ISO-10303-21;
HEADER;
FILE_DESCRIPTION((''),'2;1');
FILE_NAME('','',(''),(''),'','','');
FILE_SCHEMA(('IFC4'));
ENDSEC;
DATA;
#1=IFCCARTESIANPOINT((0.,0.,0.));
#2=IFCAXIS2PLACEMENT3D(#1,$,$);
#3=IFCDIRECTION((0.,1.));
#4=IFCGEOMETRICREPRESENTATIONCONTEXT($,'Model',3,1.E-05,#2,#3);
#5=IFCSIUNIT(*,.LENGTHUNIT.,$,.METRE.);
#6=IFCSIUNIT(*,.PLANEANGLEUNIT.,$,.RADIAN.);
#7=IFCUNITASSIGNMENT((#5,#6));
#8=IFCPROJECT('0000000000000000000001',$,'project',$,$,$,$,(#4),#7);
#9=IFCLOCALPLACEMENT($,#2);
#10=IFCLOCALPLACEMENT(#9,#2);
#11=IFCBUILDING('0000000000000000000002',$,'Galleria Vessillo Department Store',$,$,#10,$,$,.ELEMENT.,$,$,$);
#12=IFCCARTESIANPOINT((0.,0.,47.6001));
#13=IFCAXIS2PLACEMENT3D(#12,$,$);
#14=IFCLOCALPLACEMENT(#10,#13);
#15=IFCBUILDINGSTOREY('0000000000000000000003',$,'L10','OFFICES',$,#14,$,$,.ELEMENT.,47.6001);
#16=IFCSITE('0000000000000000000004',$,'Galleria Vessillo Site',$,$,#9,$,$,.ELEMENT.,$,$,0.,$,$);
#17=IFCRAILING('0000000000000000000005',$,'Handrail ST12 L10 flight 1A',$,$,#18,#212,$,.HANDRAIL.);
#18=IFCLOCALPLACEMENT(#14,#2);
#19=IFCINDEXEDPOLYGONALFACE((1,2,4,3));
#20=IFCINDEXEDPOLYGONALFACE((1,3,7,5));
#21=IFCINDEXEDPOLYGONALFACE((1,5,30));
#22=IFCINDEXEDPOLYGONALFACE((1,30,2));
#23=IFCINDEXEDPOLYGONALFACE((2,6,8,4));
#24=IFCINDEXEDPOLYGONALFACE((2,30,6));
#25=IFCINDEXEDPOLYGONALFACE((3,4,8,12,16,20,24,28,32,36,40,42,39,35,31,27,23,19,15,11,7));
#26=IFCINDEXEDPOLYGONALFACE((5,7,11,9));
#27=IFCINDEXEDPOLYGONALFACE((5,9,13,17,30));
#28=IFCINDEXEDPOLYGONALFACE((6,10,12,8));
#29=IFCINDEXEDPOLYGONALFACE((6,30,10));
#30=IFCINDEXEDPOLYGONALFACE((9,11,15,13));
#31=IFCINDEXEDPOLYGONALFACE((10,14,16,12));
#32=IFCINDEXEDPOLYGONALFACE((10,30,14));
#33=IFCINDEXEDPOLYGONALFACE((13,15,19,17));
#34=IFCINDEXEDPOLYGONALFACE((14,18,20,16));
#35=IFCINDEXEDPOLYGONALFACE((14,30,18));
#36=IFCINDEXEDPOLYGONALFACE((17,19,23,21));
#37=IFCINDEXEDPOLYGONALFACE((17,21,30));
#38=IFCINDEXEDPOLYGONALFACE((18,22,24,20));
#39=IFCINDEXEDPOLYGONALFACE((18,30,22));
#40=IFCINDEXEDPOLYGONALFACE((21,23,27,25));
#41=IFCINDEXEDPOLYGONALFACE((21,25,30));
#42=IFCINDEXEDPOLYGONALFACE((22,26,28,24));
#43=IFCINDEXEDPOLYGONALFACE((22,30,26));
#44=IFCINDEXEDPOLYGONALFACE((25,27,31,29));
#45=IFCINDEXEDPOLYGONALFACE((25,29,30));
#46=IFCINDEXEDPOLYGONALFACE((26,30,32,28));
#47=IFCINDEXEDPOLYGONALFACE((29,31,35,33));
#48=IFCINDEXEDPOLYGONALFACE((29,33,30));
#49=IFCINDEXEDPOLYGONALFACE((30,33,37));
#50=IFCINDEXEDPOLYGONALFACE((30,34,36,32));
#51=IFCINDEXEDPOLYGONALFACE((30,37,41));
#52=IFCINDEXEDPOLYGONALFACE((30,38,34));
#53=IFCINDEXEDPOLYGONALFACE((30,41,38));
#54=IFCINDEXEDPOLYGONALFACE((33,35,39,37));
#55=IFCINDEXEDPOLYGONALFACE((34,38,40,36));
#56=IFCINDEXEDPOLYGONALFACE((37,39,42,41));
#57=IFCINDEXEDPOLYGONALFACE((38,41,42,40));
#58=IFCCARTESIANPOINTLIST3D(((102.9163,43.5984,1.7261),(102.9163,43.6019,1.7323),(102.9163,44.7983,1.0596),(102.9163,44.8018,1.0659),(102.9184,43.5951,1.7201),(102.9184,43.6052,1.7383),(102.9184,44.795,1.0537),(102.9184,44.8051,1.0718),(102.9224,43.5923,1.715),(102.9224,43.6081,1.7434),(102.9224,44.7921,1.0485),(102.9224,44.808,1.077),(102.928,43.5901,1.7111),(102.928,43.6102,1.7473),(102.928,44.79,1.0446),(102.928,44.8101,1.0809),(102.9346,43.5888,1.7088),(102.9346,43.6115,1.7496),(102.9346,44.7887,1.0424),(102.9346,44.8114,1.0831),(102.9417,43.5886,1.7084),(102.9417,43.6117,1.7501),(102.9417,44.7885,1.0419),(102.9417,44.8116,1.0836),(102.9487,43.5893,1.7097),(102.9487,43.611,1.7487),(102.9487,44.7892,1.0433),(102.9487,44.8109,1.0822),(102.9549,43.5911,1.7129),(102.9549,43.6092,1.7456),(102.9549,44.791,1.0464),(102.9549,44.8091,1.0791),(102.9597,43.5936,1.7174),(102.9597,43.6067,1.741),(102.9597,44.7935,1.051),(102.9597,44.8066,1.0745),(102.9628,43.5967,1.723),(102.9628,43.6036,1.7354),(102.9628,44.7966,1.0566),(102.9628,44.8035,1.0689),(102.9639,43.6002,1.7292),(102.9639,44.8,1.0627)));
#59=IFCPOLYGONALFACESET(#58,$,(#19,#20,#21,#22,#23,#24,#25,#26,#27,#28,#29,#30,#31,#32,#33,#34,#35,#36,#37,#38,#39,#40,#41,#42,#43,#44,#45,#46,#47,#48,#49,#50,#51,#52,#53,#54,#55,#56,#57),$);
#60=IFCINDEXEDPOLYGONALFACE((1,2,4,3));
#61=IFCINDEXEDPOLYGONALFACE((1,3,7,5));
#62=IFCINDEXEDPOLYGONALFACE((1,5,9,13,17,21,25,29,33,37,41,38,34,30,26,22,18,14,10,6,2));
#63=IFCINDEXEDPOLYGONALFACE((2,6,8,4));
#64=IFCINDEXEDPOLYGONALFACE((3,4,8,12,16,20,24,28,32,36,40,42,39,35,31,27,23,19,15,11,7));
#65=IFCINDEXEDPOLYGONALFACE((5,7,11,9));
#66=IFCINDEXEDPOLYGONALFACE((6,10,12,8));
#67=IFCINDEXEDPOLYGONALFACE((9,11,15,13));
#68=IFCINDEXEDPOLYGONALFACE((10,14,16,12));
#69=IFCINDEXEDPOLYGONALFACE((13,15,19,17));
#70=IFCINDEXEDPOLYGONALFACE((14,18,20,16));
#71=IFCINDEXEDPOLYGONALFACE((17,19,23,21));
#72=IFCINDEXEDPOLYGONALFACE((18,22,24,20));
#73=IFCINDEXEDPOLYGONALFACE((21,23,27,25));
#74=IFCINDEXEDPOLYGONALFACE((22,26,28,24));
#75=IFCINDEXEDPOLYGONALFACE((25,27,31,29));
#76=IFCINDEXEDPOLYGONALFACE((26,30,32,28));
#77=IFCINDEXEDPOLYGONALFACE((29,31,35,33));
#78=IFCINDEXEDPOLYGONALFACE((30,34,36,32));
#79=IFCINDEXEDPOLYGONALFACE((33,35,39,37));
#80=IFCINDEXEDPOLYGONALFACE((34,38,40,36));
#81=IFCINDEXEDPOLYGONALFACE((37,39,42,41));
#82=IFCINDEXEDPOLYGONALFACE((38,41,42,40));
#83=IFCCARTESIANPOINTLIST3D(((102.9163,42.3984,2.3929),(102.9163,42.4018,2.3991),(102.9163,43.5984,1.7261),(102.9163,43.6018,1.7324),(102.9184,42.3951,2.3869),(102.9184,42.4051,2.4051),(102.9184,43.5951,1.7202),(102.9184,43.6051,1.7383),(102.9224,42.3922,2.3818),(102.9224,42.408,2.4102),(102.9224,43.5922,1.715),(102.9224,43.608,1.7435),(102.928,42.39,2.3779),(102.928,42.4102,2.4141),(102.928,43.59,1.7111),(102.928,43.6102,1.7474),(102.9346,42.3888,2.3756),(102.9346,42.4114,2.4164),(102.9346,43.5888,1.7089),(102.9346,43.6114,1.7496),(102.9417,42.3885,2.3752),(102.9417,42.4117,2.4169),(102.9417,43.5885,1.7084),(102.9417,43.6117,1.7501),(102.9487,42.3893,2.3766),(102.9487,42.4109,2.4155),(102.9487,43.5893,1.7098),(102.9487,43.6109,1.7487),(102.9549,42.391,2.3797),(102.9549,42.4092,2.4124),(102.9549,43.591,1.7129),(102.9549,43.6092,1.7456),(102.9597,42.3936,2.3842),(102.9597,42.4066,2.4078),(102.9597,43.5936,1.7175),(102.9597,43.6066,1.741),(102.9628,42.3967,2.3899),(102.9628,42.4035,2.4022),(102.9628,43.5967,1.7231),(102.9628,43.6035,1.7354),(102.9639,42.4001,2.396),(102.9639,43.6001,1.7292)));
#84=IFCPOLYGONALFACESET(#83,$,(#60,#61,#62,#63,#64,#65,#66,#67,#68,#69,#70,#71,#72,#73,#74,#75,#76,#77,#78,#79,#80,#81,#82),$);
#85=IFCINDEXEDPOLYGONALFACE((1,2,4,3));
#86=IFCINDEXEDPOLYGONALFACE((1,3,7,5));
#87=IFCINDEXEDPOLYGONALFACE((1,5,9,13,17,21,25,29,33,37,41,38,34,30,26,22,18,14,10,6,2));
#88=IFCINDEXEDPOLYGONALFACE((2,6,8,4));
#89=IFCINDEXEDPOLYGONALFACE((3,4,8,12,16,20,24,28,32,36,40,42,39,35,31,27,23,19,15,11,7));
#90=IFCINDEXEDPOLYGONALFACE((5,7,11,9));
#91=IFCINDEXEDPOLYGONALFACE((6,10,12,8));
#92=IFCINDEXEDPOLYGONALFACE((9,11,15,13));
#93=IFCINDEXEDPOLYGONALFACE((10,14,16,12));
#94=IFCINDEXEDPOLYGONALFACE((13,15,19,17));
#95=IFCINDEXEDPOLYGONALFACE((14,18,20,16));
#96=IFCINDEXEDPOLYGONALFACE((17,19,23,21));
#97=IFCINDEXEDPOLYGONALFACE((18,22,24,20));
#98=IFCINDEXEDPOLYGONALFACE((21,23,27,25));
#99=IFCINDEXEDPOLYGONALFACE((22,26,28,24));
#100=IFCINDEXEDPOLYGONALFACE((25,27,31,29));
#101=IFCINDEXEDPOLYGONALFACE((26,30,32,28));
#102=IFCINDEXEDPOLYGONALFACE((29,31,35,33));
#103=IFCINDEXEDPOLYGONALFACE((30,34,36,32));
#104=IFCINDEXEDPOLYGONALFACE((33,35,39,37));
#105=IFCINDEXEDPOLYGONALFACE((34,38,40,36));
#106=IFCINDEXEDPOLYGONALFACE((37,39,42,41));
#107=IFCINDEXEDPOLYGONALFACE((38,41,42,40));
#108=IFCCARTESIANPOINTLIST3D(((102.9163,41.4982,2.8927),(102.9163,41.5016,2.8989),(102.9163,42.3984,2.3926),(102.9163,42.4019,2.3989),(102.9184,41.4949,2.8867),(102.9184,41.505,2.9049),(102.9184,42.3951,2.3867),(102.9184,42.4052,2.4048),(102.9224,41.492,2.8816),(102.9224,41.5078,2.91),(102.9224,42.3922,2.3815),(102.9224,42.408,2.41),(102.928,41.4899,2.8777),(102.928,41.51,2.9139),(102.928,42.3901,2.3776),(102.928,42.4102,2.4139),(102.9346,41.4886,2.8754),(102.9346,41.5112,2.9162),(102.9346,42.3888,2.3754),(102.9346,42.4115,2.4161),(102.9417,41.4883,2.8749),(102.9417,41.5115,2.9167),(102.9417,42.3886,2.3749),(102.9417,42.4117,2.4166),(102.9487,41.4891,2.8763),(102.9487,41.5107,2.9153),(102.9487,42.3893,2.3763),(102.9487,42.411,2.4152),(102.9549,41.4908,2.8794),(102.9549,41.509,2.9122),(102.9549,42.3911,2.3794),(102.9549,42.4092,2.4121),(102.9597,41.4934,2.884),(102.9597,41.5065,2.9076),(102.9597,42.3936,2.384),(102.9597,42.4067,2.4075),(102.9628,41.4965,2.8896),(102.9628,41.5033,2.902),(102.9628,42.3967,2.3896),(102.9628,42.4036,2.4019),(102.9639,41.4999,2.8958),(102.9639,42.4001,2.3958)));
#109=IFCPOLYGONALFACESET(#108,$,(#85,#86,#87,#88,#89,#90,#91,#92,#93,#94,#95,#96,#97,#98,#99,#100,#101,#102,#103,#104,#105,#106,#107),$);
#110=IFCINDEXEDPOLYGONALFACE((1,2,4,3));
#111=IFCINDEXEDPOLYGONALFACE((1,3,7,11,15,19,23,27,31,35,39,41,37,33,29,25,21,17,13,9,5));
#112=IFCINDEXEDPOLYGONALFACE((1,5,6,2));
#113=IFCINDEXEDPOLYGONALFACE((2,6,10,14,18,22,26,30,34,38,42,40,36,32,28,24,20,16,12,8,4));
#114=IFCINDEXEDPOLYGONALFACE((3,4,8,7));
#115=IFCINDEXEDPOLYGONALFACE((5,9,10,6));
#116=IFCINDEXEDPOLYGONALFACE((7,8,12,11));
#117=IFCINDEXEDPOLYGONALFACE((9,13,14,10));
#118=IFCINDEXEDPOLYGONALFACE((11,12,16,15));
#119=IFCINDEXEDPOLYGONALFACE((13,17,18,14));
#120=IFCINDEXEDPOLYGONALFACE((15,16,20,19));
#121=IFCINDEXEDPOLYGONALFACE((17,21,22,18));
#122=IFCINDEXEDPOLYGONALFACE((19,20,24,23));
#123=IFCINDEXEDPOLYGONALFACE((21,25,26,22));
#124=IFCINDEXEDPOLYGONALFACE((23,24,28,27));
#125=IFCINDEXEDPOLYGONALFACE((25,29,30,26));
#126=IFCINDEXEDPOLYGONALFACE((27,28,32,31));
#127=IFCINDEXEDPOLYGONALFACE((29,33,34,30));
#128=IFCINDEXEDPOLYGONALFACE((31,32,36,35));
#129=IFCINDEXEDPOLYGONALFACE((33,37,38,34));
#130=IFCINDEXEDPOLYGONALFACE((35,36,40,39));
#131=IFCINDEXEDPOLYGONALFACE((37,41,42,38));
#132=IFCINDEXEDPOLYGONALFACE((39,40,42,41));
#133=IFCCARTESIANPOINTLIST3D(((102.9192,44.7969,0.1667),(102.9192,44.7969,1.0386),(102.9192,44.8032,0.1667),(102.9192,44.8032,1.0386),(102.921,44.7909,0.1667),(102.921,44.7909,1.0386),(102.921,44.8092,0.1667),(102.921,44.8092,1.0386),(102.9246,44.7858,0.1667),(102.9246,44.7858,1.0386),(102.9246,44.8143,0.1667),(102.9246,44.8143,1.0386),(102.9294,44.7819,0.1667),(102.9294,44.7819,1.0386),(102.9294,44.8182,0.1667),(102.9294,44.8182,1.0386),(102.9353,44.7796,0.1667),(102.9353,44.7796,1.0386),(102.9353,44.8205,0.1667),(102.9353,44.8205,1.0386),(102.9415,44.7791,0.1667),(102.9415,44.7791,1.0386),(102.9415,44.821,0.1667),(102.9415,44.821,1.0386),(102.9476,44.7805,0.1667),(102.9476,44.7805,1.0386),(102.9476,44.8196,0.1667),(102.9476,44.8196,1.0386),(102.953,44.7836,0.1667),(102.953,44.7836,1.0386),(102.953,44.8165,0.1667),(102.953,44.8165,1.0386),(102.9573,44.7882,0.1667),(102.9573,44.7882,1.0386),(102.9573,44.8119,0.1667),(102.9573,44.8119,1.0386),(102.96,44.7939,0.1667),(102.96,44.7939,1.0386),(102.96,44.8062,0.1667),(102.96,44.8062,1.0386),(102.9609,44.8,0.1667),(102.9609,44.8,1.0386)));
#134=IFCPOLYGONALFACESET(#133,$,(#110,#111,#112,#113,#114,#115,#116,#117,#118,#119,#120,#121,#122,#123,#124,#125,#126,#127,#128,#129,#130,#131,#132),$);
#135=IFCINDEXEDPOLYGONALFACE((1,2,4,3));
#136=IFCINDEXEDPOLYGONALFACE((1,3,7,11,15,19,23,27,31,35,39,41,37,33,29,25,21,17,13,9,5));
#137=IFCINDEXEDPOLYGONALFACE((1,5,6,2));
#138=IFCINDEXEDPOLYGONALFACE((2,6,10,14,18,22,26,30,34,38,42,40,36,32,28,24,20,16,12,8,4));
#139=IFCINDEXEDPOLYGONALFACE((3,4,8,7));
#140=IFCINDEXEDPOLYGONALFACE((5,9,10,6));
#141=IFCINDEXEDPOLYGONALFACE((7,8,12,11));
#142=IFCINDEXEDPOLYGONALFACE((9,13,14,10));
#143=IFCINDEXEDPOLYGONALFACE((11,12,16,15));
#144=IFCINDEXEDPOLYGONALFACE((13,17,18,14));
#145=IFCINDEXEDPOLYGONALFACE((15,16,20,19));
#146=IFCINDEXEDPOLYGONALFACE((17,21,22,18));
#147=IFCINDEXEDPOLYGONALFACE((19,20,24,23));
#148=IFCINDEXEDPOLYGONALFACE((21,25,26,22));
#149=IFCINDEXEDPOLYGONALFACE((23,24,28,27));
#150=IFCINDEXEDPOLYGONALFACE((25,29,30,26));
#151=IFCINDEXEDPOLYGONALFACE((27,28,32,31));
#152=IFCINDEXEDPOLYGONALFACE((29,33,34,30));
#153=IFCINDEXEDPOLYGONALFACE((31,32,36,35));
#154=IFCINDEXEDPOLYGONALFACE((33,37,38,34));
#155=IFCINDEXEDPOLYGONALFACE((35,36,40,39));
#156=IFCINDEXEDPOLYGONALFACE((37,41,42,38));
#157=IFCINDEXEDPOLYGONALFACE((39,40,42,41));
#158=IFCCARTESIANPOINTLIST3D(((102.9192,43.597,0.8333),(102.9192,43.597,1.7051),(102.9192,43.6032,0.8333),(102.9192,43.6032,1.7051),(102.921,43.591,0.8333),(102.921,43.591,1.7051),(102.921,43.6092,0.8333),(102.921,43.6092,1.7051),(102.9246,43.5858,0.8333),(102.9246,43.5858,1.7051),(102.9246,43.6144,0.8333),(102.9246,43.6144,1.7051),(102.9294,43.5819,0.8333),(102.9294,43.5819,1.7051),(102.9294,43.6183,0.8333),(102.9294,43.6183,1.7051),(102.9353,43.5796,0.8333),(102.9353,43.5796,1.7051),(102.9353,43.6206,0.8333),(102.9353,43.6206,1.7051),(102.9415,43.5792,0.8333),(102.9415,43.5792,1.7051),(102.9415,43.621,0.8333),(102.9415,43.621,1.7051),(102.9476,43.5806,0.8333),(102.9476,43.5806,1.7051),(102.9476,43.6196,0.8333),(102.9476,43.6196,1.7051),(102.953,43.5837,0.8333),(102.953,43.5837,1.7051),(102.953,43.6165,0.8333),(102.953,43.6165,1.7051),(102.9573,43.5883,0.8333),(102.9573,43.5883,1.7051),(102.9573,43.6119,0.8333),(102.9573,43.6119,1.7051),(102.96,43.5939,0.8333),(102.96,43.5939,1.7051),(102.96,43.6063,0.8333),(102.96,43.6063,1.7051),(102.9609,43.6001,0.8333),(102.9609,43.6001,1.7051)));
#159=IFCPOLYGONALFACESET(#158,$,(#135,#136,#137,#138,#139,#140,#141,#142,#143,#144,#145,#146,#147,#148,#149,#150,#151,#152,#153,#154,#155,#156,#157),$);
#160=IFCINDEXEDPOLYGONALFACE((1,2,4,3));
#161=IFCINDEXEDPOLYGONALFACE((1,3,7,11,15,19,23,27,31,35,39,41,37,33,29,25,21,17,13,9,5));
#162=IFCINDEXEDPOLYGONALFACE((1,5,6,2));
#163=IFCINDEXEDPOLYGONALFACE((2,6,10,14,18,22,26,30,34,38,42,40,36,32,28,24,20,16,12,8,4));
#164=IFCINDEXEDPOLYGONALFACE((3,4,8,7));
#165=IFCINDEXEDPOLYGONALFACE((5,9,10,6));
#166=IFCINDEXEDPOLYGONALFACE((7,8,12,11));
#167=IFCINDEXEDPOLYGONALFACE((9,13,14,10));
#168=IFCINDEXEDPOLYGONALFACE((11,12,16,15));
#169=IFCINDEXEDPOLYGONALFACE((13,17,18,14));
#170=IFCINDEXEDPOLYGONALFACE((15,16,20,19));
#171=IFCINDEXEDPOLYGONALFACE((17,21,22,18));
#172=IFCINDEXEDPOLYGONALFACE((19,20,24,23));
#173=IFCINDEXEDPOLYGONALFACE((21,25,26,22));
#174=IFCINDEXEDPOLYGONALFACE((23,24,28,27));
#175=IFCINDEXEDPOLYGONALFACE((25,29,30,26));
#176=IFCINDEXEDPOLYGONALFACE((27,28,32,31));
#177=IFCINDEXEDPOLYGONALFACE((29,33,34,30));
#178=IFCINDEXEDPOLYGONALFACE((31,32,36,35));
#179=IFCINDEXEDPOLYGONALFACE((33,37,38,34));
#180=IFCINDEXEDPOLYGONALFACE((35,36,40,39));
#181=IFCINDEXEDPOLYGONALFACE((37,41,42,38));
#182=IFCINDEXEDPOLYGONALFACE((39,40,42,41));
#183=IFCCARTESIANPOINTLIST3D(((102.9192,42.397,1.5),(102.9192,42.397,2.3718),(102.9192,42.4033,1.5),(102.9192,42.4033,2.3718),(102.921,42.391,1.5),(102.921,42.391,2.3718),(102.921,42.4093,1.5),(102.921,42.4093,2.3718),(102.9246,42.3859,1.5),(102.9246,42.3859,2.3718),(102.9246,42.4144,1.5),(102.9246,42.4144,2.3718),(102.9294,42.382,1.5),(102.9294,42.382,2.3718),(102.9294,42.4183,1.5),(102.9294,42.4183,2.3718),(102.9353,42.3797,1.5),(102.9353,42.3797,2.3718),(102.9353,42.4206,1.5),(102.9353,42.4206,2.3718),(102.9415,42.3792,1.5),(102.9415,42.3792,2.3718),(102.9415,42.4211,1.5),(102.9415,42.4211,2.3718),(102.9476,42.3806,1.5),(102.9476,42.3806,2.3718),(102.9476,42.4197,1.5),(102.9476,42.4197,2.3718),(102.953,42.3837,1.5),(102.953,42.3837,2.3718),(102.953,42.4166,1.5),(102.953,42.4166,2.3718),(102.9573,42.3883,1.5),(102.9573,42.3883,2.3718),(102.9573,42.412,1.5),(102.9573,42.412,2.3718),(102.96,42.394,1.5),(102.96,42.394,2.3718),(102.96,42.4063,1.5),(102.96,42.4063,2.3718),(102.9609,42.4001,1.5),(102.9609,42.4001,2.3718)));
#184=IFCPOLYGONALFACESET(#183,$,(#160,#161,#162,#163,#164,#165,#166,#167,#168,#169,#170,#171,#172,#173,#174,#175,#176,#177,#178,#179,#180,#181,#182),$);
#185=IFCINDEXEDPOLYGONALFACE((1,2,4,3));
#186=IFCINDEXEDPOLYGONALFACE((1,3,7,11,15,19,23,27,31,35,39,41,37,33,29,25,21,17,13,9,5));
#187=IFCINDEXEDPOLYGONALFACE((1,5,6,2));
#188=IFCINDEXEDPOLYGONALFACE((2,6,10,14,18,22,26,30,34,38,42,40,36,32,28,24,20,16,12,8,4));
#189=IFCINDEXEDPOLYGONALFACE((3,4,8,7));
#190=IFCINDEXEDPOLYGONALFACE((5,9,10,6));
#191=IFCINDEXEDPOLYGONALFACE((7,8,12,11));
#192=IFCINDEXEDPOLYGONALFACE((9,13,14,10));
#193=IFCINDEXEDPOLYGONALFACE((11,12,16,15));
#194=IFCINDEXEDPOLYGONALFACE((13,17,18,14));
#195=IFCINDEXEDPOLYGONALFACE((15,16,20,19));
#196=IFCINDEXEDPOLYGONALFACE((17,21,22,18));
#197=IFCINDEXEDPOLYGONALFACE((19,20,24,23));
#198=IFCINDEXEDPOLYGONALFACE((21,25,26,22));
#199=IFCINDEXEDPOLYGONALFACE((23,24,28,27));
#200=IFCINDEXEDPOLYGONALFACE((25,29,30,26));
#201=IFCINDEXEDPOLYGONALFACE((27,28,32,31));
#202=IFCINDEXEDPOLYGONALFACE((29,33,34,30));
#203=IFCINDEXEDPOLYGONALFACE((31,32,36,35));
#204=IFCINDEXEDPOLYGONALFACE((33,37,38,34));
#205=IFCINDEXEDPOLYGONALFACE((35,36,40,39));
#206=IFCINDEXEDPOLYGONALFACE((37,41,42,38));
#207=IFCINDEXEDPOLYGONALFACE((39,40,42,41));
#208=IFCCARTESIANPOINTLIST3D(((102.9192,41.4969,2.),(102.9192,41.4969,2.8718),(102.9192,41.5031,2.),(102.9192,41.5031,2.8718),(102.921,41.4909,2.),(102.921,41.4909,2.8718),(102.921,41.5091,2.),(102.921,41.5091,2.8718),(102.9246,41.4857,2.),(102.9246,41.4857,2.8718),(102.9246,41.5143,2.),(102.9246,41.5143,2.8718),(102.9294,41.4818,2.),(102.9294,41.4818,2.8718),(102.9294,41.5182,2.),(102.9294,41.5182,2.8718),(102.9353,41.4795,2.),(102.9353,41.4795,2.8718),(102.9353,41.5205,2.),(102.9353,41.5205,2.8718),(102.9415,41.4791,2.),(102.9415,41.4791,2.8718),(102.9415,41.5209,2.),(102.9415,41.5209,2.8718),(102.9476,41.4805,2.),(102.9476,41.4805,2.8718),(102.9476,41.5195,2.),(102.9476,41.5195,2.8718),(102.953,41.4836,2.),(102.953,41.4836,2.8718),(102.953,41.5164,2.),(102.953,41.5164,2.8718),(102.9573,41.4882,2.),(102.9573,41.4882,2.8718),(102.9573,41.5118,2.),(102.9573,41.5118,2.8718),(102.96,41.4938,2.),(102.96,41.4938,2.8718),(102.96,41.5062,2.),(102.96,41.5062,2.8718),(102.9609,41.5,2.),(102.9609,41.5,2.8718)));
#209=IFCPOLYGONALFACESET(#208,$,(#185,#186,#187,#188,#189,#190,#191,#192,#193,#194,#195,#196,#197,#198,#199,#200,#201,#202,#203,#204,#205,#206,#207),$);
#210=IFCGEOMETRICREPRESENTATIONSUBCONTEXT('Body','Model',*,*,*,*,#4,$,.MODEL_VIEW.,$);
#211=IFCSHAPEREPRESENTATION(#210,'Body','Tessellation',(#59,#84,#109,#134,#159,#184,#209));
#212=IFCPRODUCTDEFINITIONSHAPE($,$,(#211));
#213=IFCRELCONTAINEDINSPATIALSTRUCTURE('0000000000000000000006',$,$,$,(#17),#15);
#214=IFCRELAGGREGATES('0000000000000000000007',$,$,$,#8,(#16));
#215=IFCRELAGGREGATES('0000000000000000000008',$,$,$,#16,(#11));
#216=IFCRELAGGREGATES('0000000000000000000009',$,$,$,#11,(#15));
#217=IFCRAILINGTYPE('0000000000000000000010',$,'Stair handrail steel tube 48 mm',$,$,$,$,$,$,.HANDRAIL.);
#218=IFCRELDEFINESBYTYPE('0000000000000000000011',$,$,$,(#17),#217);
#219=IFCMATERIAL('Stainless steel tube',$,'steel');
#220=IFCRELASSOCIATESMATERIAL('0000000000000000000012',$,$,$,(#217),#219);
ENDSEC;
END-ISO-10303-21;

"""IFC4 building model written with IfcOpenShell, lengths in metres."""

from ifc_helpers import new_model, si_unit, direction, frame, origin, origin_2d, place, context, subcontext, project, spatial, circle, extrude, material, type_object, element, save


model = new_model("IFC4")

# Units and contexts
model_context = context("Model", 3, precision=1e-05, world=origin(), true_north=direction((0.0, 1.0)))
body_context = subcontext(model_context, "Body", "Model", "MODEL_VIEW")
ifc_project = project(units=[si_unit("LENGTHUNIT", "METRE"), si_unit("PLANEANGLEUNIT", "RADIAN")], contexts=[model_context])

# Site, building, storey
site_placement = place(None, origin())
site = spatial("IfcSite", under=ifc_project, at=site_placement, Name="Galleria Vessillo Site", CompositionType="ELEMENT", RefElevation=0.0)
building_placement = place(site_placement, origin())
building = spatial("IfcBuilding", under=site, at=building_placement, Name="Galleria Vessillo Department Store", CompositionType="ELEMENT")
storey_placement = place(building_placement, frame((0.0, 0.0, 47.6001)))
storey = spatial("IfcBuildingStorey", under=building, at=storey_placement, Name="L10", Description="OFFICES", CompositionType="ELEMENT", Elevation=47.6001)

# Railing
ifc_material_1 = material(Name="Stainless steel tube", Category="steel")
railing_type = type_object("IfcRailingType", Name="Stair handrail steel tube 48 mm", PredefinedType="HANDRAIL", material=ifc_material_1)
for number, where, name in (
    (1, (102.9399, 44.8, 0.1667), "Handrail ST12 L10 flight 1A"),
):
    element("IfcRailing", number, at=place(storey_placement, frame(where)), inside=storey, type_object=railing_type, Name=name, PredefinedType="HANDRAIL", context=body_context, shape_type="SweptSolid", body=[
        extrude(circle(Radius=0.0239, at=origin_2d()), frame((0.0, 0.0, 0.896), z_axis=(0.0, -0.874199, 0.485567), x_axis=(1.0, 0.0, 0.0)), (0.0, 0.0, 1.0), 1.3726),
        extrude(circle(Radius=0.0239, at=origin_2d()), frame((0.0, -1.2, 1.5625), z_axis=(0.0, -0.874124, 0.485703), x_axis=(1.0, 0.0, 0.0)), (0.0, 0.0, 1.0), 1.3728),
        extrude(circle(Radius=0.0239, at=origin_2d()), frame((0.0, -2.3999, 2.229), z_axis=(0.0, -0.874191, 0.485583), x_axis=(1.0, 0.0, 0.0)), (0.0, 0.0, 1.0), 1.0298),
        extrude(circle(Radius=0.021, at=origin_2d()), origin(), (0.0, 0.0, 1.0), 0.8718),
        extrude(circle(Radius=0.021, at=origin_2d()), frame((0.0, -1.2, 0.6665)), (0.0, 0.0, 1.0), 0.8718),
        extrude(circle(Radius=0.021, at=origin_2d()), frame((0.0, -2.3999, 1.3333)), (0.0, 0.0, 1.0), 0.8718),
        extrude(circle(Radius=0.021, at=origin_2d()), frame((0.0, -3.3, 1.8333)), (0.0, 0.0, 1.0), 0.8718),
    ])

save(model, "model.ifc")
